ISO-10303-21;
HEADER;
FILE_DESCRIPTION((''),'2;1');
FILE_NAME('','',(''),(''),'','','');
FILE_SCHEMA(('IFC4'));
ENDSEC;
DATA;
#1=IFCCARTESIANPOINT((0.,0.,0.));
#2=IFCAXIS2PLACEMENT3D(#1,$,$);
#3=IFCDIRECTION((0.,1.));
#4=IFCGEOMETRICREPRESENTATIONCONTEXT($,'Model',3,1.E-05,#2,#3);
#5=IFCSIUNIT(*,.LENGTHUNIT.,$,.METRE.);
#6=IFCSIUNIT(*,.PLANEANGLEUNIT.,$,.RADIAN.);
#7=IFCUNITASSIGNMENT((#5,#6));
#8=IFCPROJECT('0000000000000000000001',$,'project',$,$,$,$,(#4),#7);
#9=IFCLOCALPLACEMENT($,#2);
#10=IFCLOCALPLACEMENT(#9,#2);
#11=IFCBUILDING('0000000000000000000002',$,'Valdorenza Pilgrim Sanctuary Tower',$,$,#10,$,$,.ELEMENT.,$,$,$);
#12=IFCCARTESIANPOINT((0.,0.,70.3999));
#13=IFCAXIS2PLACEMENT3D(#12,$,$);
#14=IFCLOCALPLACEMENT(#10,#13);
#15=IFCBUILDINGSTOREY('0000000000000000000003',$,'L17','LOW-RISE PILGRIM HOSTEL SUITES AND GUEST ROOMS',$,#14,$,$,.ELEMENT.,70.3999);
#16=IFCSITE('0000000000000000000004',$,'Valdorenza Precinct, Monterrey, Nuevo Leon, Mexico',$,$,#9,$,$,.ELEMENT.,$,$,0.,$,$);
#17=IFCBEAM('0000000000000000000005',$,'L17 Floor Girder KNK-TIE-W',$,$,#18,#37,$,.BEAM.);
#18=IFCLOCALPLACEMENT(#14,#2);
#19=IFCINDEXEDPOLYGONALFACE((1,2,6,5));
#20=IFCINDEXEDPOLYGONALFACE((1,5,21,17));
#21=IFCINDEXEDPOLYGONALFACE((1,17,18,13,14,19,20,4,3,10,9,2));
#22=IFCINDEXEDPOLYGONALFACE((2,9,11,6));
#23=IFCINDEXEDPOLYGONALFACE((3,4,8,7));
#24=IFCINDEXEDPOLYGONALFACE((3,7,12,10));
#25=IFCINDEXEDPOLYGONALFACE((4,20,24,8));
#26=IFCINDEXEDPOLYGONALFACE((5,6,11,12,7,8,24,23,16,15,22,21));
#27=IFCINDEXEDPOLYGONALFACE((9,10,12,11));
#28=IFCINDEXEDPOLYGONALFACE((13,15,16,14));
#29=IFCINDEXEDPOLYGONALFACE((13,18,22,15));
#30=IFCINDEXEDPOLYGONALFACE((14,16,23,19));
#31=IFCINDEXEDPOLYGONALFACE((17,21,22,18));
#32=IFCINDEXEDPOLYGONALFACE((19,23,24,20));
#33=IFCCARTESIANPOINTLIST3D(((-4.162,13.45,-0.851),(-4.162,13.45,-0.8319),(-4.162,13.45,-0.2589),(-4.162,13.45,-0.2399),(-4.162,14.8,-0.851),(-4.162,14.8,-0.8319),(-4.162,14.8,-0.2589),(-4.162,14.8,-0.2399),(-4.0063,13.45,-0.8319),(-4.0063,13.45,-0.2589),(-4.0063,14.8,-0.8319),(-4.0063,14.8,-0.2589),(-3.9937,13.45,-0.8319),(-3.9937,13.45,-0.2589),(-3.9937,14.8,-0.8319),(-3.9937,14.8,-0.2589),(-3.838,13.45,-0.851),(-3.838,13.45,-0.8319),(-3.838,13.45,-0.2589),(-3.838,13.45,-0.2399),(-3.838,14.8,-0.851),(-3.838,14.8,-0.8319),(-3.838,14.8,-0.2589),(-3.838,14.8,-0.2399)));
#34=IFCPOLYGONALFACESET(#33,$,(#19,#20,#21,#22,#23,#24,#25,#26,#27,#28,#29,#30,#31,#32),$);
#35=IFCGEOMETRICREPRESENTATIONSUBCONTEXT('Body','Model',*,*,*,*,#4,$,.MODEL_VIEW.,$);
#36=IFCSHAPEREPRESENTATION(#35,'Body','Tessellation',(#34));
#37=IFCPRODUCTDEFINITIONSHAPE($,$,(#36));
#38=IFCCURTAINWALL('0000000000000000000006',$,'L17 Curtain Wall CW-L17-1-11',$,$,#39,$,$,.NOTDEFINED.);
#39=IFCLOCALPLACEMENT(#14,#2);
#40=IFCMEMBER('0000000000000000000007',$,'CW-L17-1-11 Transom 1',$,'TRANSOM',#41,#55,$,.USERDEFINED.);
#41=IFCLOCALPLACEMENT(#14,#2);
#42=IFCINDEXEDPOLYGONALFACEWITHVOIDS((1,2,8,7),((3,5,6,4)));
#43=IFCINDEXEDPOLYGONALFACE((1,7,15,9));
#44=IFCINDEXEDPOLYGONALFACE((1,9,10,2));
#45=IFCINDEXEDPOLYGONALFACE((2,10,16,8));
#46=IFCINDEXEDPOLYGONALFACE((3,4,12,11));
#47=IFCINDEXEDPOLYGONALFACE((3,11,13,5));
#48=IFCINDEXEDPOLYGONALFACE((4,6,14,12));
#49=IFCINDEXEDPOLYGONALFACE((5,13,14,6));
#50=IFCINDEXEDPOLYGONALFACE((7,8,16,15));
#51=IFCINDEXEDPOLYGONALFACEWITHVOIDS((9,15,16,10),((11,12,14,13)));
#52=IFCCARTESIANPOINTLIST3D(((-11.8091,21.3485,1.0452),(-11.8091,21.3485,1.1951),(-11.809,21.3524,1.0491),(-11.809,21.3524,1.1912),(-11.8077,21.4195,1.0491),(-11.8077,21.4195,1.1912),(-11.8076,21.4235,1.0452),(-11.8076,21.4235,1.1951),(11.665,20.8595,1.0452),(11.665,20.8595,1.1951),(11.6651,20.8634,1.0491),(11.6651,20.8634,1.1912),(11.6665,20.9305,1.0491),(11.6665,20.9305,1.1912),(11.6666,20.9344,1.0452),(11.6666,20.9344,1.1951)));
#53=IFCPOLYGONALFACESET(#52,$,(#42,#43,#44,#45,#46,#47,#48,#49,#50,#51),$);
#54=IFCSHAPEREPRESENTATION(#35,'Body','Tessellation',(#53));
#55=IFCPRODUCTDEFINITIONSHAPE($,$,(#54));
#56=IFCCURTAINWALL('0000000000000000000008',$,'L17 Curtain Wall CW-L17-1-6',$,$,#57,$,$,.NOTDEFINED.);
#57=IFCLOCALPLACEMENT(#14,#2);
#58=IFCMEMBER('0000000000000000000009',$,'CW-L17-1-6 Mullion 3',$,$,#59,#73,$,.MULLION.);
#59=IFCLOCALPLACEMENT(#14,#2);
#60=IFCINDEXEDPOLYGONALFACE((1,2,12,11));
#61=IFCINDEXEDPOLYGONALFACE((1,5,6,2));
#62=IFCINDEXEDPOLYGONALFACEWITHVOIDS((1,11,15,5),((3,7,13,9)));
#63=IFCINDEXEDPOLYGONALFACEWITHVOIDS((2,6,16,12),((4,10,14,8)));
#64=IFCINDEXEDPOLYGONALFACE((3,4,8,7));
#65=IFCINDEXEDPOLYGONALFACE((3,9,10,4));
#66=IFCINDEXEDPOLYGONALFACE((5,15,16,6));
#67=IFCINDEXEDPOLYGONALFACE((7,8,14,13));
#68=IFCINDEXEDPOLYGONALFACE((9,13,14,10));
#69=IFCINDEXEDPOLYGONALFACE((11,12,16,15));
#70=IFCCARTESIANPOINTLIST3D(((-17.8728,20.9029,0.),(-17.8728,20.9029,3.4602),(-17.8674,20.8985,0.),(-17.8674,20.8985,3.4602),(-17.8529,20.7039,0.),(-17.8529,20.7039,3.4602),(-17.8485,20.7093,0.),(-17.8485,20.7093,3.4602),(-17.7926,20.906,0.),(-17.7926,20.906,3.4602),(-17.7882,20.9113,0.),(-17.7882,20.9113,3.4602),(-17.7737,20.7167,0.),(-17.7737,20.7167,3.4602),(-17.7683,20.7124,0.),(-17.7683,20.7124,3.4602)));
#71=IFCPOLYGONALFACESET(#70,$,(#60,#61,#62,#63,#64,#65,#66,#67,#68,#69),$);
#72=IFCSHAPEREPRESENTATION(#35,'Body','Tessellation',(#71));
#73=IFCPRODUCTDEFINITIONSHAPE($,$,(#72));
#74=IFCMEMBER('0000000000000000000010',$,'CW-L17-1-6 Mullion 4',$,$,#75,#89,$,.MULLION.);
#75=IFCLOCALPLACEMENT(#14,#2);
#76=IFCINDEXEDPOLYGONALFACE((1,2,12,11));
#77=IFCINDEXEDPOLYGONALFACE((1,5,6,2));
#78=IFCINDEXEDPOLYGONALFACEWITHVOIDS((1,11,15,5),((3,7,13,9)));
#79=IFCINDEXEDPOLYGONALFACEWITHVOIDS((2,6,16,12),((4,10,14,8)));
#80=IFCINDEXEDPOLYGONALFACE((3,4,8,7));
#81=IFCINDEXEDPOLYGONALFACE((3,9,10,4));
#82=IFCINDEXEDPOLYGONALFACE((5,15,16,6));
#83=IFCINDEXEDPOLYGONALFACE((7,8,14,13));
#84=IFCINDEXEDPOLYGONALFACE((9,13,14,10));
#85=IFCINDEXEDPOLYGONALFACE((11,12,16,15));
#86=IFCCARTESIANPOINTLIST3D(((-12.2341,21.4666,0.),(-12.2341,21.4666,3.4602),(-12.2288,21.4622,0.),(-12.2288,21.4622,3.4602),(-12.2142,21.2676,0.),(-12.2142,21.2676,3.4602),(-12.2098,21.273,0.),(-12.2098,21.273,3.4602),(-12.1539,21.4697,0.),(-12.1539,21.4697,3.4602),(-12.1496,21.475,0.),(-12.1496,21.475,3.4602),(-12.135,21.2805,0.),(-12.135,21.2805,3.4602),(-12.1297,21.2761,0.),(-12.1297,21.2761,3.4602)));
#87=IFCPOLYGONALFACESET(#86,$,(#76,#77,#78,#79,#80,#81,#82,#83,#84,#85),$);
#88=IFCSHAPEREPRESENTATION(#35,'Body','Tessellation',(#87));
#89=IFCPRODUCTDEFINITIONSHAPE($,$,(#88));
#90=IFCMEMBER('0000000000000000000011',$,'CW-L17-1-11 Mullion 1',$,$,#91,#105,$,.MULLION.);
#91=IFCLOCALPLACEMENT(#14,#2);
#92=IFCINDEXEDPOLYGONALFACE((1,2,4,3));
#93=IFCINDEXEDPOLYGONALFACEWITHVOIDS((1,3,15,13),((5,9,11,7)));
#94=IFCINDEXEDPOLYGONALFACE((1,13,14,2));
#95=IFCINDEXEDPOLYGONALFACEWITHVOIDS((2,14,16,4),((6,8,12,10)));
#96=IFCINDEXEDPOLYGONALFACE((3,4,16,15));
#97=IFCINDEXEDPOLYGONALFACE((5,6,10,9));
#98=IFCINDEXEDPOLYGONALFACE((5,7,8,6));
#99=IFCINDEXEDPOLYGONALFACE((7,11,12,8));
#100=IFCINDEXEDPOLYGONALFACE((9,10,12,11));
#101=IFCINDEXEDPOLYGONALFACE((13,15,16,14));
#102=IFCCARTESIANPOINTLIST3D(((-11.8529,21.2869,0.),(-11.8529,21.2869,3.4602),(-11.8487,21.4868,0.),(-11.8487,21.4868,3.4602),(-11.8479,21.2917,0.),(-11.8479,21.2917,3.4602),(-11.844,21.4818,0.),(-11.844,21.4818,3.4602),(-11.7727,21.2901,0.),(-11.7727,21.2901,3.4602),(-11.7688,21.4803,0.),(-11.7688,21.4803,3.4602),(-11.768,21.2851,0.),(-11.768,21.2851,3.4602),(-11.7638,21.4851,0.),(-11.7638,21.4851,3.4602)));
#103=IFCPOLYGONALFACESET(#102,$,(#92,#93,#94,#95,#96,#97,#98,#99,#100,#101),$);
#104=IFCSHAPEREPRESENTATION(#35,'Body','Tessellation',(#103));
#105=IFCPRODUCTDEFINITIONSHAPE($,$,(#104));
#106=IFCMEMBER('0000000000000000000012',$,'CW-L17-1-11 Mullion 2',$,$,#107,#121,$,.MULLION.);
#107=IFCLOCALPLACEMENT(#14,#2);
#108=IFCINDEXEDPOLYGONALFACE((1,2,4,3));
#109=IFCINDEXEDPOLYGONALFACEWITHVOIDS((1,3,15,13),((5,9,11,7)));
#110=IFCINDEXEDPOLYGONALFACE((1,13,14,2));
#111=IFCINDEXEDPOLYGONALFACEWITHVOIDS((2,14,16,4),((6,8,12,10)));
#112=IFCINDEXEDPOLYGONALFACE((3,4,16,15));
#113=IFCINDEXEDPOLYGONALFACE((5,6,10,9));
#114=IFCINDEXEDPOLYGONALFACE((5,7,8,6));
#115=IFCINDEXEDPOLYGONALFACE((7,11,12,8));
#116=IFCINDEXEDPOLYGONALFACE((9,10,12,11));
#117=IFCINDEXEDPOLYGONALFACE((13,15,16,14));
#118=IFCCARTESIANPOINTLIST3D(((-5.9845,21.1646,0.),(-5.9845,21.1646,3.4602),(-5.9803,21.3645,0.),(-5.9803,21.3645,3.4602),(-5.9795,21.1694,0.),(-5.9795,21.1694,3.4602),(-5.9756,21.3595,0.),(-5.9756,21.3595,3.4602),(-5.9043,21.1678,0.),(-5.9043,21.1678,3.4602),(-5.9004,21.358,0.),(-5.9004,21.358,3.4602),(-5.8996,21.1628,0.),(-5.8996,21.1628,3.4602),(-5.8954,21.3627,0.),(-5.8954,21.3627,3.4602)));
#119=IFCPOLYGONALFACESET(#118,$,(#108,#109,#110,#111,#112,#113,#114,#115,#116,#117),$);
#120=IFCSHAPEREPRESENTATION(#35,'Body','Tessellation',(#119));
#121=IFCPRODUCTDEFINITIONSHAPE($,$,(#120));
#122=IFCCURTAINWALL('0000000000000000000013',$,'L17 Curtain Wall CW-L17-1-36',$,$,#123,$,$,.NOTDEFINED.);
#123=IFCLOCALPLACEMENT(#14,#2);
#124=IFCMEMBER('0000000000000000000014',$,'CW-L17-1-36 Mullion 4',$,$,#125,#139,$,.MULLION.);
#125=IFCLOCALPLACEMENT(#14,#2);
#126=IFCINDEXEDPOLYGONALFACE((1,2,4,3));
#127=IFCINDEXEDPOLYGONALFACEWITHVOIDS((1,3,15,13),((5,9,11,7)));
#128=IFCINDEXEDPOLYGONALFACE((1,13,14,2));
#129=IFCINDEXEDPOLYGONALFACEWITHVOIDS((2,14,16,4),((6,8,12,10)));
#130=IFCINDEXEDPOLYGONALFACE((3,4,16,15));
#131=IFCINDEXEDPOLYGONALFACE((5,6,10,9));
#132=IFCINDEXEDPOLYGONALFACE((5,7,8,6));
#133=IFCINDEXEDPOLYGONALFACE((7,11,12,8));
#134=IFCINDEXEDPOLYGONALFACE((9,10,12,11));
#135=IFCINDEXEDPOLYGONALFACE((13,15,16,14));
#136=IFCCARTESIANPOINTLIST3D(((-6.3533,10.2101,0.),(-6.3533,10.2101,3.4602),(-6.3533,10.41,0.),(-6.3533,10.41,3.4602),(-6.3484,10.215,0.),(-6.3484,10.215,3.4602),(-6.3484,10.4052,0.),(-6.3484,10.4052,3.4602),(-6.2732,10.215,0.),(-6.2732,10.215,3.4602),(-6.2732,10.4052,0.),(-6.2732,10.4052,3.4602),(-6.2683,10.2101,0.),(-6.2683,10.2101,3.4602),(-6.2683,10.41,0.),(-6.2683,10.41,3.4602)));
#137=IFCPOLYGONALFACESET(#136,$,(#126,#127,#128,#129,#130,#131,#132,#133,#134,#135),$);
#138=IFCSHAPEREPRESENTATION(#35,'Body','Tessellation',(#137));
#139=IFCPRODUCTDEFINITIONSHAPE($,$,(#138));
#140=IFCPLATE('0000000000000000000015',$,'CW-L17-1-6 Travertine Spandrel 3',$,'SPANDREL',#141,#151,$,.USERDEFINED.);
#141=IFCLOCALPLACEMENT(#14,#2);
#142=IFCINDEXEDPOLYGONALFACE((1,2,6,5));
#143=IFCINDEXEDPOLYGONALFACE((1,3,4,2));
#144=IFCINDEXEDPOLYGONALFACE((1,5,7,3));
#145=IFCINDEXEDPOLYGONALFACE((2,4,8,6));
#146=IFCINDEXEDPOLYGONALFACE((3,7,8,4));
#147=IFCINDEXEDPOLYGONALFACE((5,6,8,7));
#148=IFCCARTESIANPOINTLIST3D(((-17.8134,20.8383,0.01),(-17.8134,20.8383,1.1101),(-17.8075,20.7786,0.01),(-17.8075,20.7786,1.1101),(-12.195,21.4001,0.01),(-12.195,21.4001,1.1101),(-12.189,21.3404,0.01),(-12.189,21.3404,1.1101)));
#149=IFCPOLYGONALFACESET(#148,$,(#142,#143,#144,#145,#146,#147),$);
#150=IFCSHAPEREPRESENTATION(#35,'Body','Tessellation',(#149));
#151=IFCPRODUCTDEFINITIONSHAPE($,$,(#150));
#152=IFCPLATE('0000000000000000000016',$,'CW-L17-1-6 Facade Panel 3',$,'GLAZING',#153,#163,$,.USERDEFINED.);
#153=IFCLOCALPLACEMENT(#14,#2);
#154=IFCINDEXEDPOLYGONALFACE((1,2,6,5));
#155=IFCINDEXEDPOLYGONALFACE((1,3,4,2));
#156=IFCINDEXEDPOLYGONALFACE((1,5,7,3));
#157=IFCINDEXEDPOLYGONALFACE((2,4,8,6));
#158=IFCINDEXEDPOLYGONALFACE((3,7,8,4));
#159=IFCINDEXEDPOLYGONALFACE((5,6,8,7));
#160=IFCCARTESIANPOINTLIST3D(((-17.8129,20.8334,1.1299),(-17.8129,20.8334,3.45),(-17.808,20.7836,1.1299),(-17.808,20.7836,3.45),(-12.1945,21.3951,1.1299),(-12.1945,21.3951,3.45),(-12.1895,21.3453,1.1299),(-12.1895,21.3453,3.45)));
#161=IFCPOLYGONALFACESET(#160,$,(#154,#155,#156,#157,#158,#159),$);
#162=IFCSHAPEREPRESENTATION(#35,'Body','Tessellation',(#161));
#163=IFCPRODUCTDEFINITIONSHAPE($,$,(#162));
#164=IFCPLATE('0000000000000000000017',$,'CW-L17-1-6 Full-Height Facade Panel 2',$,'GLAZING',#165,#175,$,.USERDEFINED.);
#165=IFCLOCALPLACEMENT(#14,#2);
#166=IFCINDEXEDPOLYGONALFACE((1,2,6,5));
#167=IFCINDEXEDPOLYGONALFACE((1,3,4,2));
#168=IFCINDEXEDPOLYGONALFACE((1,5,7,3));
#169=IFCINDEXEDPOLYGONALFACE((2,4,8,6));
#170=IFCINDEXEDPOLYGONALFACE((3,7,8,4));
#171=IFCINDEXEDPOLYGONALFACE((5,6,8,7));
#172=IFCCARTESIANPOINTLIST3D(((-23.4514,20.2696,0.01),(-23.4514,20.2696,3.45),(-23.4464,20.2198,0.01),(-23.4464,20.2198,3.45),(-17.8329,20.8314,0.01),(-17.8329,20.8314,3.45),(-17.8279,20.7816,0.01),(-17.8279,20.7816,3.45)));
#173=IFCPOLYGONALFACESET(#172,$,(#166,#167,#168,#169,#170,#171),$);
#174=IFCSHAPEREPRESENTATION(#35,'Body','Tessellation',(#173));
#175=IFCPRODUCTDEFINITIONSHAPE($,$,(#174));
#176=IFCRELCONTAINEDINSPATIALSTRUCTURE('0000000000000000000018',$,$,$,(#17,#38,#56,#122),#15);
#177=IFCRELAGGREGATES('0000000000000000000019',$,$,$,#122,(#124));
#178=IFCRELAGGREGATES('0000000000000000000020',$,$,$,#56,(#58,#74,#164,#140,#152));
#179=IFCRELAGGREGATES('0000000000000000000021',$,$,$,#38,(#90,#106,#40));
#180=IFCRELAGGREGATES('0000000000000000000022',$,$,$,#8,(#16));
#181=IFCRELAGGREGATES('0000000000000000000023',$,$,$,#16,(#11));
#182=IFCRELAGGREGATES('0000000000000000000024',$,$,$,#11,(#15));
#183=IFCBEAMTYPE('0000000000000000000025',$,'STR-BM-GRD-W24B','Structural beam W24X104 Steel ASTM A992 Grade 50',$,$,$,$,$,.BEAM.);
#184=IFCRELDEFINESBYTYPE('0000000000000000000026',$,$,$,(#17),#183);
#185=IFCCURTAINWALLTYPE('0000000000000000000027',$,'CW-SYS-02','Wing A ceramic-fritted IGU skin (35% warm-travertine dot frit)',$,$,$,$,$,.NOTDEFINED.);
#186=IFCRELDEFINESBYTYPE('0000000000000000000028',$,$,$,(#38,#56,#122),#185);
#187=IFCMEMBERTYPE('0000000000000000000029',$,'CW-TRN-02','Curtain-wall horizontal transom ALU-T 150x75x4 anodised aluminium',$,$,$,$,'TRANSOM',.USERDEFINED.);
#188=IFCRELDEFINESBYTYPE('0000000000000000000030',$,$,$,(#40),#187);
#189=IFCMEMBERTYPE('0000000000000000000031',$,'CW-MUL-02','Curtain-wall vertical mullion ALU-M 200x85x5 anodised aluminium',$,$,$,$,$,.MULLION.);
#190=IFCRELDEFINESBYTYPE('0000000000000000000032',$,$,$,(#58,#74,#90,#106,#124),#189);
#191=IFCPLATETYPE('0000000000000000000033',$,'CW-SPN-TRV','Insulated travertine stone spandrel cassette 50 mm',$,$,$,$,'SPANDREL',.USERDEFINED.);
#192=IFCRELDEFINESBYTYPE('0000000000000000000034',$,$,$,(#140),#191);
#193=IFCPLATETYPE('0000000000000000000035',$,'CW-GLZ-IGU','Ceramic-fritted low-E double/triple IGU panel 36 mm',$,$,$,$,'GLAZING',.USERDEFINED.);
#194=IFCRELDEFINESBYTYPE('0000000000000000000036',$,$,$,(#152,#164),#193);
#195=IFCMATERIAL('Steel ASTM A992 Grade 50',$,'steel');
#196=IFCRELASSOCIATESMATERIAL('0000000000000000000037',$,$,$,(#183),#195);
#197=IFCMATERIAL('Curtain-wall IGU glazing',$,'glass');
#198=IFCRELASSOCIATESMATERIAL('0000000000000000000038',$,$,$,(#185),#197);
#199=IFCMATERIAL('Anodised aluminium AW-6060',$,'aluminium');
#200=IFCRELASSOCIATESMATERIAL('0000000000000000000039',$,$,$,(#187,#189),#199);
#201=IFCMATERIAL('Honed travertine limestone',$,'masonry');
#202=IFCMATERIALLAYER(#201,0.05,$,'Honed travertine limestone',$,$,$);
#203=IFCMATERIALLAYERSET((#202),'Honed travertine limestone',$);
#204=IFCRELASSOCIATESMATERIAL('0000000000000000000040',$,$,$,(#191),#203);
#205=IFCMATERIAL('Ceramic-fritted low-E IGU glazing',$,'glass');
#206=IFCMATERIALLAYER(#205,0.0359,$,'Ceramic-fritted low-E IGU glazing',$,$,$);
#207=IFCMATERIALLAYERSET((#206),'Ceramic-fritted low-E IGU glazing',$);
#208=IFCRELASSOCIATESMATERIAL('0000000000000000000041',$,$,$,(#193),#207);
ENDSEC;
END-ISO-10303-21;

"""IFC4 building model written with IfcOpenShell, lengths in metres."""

from ifc_helpers import new_model, si_unit, direction, frame, origin, origin_2d, place, context, subcontext, project, spatial, rectangle, hollow_rectangle, i_section, extrude, source, transform, mapped, material, layer, layer_set, material_profile, profile_set, type_object, element, aggregate, save


model = new_model("IFC4")

# Units and contexts
model_context = context("Model", 3, precision=1e-05, world=origin(), true_north=direction((0.0, 1.0)))
body_context = subcontext(model_context, "Body", "Model", "MODEL_VIEW")
ifc_project = project(units=[si_unit("LENGTHUNIT", "METRE"), si_unit("PLANEANGLEUNIT", "RADIAN")], contexts=[model_context])

# Site, building, storey
site_placement = place(None, origin())
site = spatial("IfcSite", under=ifc_project, at=site_placement, Name="Valdorenza Precinct, Monterrey, Nuevo Leon, Mexico", CompositionType="ELEMENT", RefElevation=0.0)
building_placement = place(site_placement, origin())
building = spatial("IfcBuilding", under=site, at=building_placement, Name="Valdorenza Pilgrim Sanctuary Tower", CompositionType="ELEMENT")
storey_placement = place(building_placement, frame((0.0, 0.0, 70.3999)))
storey = spatial("IfcBuildingStorey", under=building, at=storey_placement, Name="L17", Description="LOW-RISE PILGRIM HOSTEL SUITES AND GUEST ROOMS", CompositionType="ELEMENT", Elevation=70.3999)

# Shared definitions
ifc_material_1 = material(Name="Steel ASTM A992 Grade 50", Category="steel")

# Beam
ifc_material_profile_1 = material_profile(ifc_material_1, i_section(OverallWidth=0.324, OverallDepth=0.6111, WebThickness=0.0127, FlangeThickness=0.019, at=origin_2d()), Name="W24X104")
ifc_profile_set_1 = profile_set([ifc_material_profile_1], Name="Steel ASTM A992 Grade 50")
beam_type_1 = type_object("IfcBeamType", Name="STR-BM-GRD-W24B", Description="Structural beam W24X104 Steel ASTM A992 Grade 50", PredefinedType="BEAM", material=ifc_profile_set_1)
shared_shape_1 = source(origin(), body_context, "Body", "SweptSolid", [
    extrude(i_section(OverallWidth=0.324, OverallDepth=0.6111, WebThickness=0.0127, FlangeThickness=0.019, at=origin_2d()), origin(), (0.0, 0.0, 1.0), 1.3501),
])
beam_1_placement = place(storey_placement, frame((-4.0, 13.45, -0.5454), z_axis=(0.0, 1.0, 0.0), x_axis=(-1.0, 0.0, 0.0)))
element("IfcBeam", 1, at=beam_1_placement, inside=storey, type_object=beam_type_1, Name="L17 Floor Girder KNK-TIE-W", PredefinedType="BEAM", context=body_context, shape_type="MappedRepresentation", body=[
    mapped(shared_shape_1, transform((0.0, 0.0, 0.0), x_axis=(1.0, 0.0, 0.0), y_axis=(0.0, 1.0, 0.0), z_axis=(0.0, 0.0, 1.0), scale=1.0)),
])

# Curtain wall, member
ifc_material_2 = material(Name="Curtain-wall IGU glazing", Category="glass")
curtain_wall_type = type_object("IfcCurtainWallType", Name="CW-SYS-02", Description="Wing A ceramic-fritted IGU skin (35% warm-travertine dot frit)", PredefinedType="NOTDEFINED", material=ifc_material_2)
curtain_wall_1_placement = place(storey_placement, origin())
curtain_wall_1 = element("IfcCurtainWall", 2, at=curtain_wall_1_placement, inside=storey, type_object=curtain_wall_type, Name="L17 Curtain Wall CW-L17-1-11", PredefinedType="NOTDEFINED")
ifc_material_3 = material(Name="Anodised aluminium AW-6060", Category="aluminium")
ifc_material_profile_2 = material_profile(ifc_material_3, hollow_rectangle(XDim=0.075, YDim=0.1499, WallThickness=0.0039, at=origin_2d()), Name="ALU-T 150x75x4")
ifc_profile_set_2 = profile_set([ifc_material_profile_2], Name="Anodised aluminium AW-6060")
member_type_1 = type_object("IfcMemberType", Name="CW-TRN-02", Description="Curtain-wall horizontal transom ALU-T 150x75x4 anodised aluminium", ElementType="TRANSOM", PredefinedType="USERDEFINED", material=ifc_profile_set_2)
shared_shape_2 = source(origin(), body_context, "Body", "SweptSolid", [
    extrude(hollow_rectangle(XDim=0.075, YDim=0.1499, WallThickness=0.0039, at=origin_2d()), origin(), (0.0, 0.0, 1.0), 23.4792),
])
member_1_placement = place(storey_placement, frame((-11.8083, 21.386, 1.1201), z_axis=(0.999783, -0.020828, 0.0), x_axis=(0.020828, 0.999783, 0.0)))
member_1 = element("IfcMember", 3, at=member_1_placement, type_object=member_type_1, Name="CW-L17-1-11 Transom 1", ObjectType="TRANSOM", PredefinedType="USERDEFINED", context=body_context, shape_type="MappedRepresentation", body=[
    mapped(shared_shape_2, transform((0.0, 0.0, 0.0), x_axis=(1.0, 0.0, 0.0), y_axis=(0.0, 1.0, 0.0), z_axis=(0.0, 0.0, 1.0), scale=1.0)),
])

# Curtain wall, members
curtain_wall_2_placement = place(storey_placement, origin())
curtain_wall_2 = element("IfcCurtainWall", 4, at=curtain_wall_2_placement, inside=storey, type_object=curtain_wall_type, Name="L17 Curtain Wall CW-L17-1-6", PredefinedType="NOTDEFINED")
ifc_material_profile_3 = material_profile(ifc_material_3, hollow_rectangle(XDim=0.085, YDim=0.2, WallThickness=0.0049, at=origin_2d()), Name="ALU-M 200x85x5")
ifc_profile_set_3 = profile_set([ifc_material_profile_3], Name="Anodised aluminium AW-6060")
member_type_2 = type_object("IfcMemberType", Name="CW-MUL-02", Description="Curtain-wall vertical mullion ALU-M 200x85x5 anodised aluminium", PredefinedType="MULLION", material=ifc_profile_set_3)
shared_shape_3 = source(origin(), body_context, "Body", "SweptSolid", [
    extrude(hollow_rectangle(XDim=0.085, YDim=0.2, WallThickness=0.0049, at=origin_2d()), origin(), (0.0, 0.0, 1.0), 3.4602),
])
member_2_placement = place(storey_placement, frame((-17.8206, 20.8076, 0.0), z_axis=(0.0, 0.0, 1.0), x_axis=(0.995038, 0.099493, 0.0)))
member_2 = element("IfcMember", 5, at=member_2_placement, type_object=member_type_2, Name="CW-L17-1-6 Mullion 3", PredefinedType="MULLION", context=body_context, shape_type="MappedRepresentation", body=[
    mapped(shared_shape_3, transform((0.0, 0.0, 0.0), x_axis=(1.0, 0.0, 0.0), y_axis=(0.0, 1.0, 0.0), z_axis=(0.0, 0.0, 1.0), scale=1.0)),
])
member_3_placement = place(storey_placement, frame((-12.1819, 21.3713, 0.0), z_axis=(0.0, 0.0, 1.0), x_axis=(0.995038, 0.099493, 0.0)))
member_3 = element("IfcMember", 6, at=member_3_placement, type_object=member_type_2, Name="CW-L17-1-6 Mullion 4", PredefinedType="MULLION", context=body_context, shape_type="MappedRepresentation", body=[
    mapped(shared_shape_3, transform((0.0, 0.0, 0.0), x_axis=(1.0, 0.0, 0.0), y_axis=(0.0, 1.0, 0.0), z_axis=(0.0, 0.0, 1.0), scale=1.0)),
])

# Members
member_4_placement = place(storey_placement, frame((-11.8083, 21.386, 0.0), z_axis=(0.0, 0.0, 1.0), x_axis=(0.999783, -0.02082, 0.0)))
member_4 = element("IfcMember", 7, at=member_4_placement, type_object=member_type_2, Name="CW-L17-1-11 Mullion 1", PredefinedType="MULLION", context=body_context, shape_type="MappedRepresentation", body=[
    mapped(shared_shape_3, transform((0.0, 0.0, 0.0), x_axis=(1.0, 0.0, 0.0), y_axis=(0.0, 1.0, 0.0), z_axis=(0.0, 0.0, 1.0), scale=1.0)),
])
member_5_placement = place(storey_placement, frame((-5.9399, 21.2637, 0.0), z_axis=(0.0, 0.0, 1.0), x_axis=(0.999783, -0.02082, 0.0)))
member_5 = element("IfcMember", 8, at=member_5_placement, type_object=member_type_2, Name="CW-L17-1-11 Mullion 2", PredefinedType="MULLION", context=body_context, shape_type="MappedRepresentation", body=[
    mapped(shared_shape_3, transform((0.0, 0.0, 0.0), x_axis=(1.0, 0.0, 0.0), y_axis=(0.0, 1.0, 0.0), z_axis=(0.0, 0.0, 1.0), scale=1.0)),
])

# Curtain wall, member
curtain_wall_3_placement = place(storey_placement, origin())
curtain_wall_3 = element("IfcCurtainWall", 9, at=curtain_wall_3_placement, inside=storey, type_object=curtain_wall_type, Name="L17 Curtain Wall CW-L17-1-36", PredefinedType="NOTDEFINED")
member_6_placement = place(storey_placement, frame((-6.3108, 10.3101, 0.0), z_axis=(0.0, 0.0, 1.0), x_axis=(-1.0, 0.0, 0.0)))
member_6 = element("IfcMember", 10, at=member_6_placement, type_object=member_type_2, Name="CW-L17-1-36 Mullion 4", PredefinedType="MULLION", context=body_context, shape_type="MappedRepresentation", body=[
    mapped(shared_shape_3, transform((0.0, 0.0, 0.0), x_axis=(1.0, 0.0, 0.0), y_axis=(0.0, 1.0, 0.0), z_axis=(0.0, 0.0, 1.0), scale=1.0)),
])
aggregate(curtain_wall_3, [member_6])

# Plates
ifc_material_4 = material(Name="Honed travertine limestone", Category="masonry")
ifc_layer_1 = layer(ifc_material_4, 0.05, Name="Honed travertine limestone")
ifc_layer_set_1 = layer_set([ifc_layer_1], Name="Honed travertine limestone")
plate_type_1 = type_object("IfcPlateType", Name="CW-SPN-TRV", Description="Insulated travertine stone spandrel cassette 50 mm", ElementType="SPANDREL", PredefinedType="USERDEFINED", material=ifc_layer_set_1)
shared_shape_4 = source(origin(), body_context, "Body", "SweptSolid", [
    extrude(rectangle(XDim=5.6465, YDim=0.0601, at=origin_2d()), origin(), (0.0, 0.0, 1.0), 1.1001),
])
plate_1_placement = place(storey_placement, frame((-15.0012, 21.0894, 0.01), z_axis=(0.0, 0.0, 1.0), x_axis=(0.995038, 0.099493, 0.0)))
plate_1 = element("IfcPlate", 11, at=plate_1_placement, type_object=plate_type_1, Name="CW-L17-1-6 Travertine Spandrel 3", ObjectType="SPANDREL", PredefinedType="USERDEFINED", context=body_context, shape_type="MappedRepresentation", body=[
    mapped(shared_shape_4, transform((0.0, 0.0, 0.0), x_axis=(1.0, 0.0, 0.0), y_axis=(0.0, 1.0, 0.0), z_axis=(0.0, 0.0, 1.0), scale=1.0)),
])
ifc_material_5 = material(Name="Ceramic-fritted low-E IGU glazing", Category="glass")
ifc_layer_2 = layer(ifc_material_5, 0.0359, Name="Ceramic-fritted low-E IGU glazing")
ifc_layer_set_2 = layer_set([ifc_layer_2], Name="Ceramic-fritted low-E IGU glazing")
plate_type_2 = type_object("IfcPlateType", Name="CW-GLZ-IGU", Description="Ceramic-fritted low-E double/triple IGU panel 36 mm", ElementType="GLAZING", PredefinedType="USERDEFINED", material=ifc_layer_set_2)
shared_shape_5 = source(origin(), body_context, "Body", "SweptSolid", [
    extrude(rectangle(XDim=5.6465, YDim=0.05, at=origin_2d()), origin(), (0.0, 0.0, 1.0), 2.3201),
])
plate_2_placement = place(storey_placement, frame((-15.0012, 21.0894, 1.1299), z_axis=(0.0, 0.0, 1.0), x_axis=(0.995038, 0.099493, 0.0)))
plate_2 = element("IfcPlate", 12, at=plate_2_placement, type_object=plate_type_2, Name="CW-L17-1-6 Facade Panel 3", ObjectType="GLAZING", PredefinedType="USERDEFINED", context=body_context, shape_type="MappedRepresentation", body=[
    mapped(shared_shape_5, transform((0.0, 0.0, 0.0), x_axis=(1.0, 0.0, 0.0), y_axis=(0.0, 1.0, 0.0), z_axis=(0.0, 0.0, 1.0), scale=1.0)),
])
shared_shape_6 = source(origin(), body_context, "Body", "SweptSolid", [
    extrude(rectangle(XDim=5.6465, YDim=0.05, at=origin_2d()), origin(), (0.0, 0.0, 1.0), 3.4399),
])
plate_3_placement = place(storey_placement, frame((-20.6396, 20.5256, 0.01), z_axis=(0.0, 0.0, 1.0), x_axis=(0.995038, 0.099493, 0.0)))
plate_3 = element("IfcPlate", 13, at=plate_3_placement, type_object=plate_type_2, Name="CW-L17-1-6 Full-Height Facade Panel 2", ObjectType="GLAZING", PredefinedType="USERDEFINED", context=body_context, shape_type="MappedRepresentation", body=[
    mapped(shared_shape_6, transform((0.0, 0.0, 0.0), x_axis=(1.0, 0.0, 0.0), y_axis=(0.0, 1.0, 0.0), z_axis=(0.0, 0.0, 1.0), scale=1.0)),
])
aggregate(curtain_wall_2, [member_2, member_3, plate_3, plate_1, plate_2])
aggregate(curtain_wall_1, [member_4, member_5, member_1])

save(model, "model.ifc")
